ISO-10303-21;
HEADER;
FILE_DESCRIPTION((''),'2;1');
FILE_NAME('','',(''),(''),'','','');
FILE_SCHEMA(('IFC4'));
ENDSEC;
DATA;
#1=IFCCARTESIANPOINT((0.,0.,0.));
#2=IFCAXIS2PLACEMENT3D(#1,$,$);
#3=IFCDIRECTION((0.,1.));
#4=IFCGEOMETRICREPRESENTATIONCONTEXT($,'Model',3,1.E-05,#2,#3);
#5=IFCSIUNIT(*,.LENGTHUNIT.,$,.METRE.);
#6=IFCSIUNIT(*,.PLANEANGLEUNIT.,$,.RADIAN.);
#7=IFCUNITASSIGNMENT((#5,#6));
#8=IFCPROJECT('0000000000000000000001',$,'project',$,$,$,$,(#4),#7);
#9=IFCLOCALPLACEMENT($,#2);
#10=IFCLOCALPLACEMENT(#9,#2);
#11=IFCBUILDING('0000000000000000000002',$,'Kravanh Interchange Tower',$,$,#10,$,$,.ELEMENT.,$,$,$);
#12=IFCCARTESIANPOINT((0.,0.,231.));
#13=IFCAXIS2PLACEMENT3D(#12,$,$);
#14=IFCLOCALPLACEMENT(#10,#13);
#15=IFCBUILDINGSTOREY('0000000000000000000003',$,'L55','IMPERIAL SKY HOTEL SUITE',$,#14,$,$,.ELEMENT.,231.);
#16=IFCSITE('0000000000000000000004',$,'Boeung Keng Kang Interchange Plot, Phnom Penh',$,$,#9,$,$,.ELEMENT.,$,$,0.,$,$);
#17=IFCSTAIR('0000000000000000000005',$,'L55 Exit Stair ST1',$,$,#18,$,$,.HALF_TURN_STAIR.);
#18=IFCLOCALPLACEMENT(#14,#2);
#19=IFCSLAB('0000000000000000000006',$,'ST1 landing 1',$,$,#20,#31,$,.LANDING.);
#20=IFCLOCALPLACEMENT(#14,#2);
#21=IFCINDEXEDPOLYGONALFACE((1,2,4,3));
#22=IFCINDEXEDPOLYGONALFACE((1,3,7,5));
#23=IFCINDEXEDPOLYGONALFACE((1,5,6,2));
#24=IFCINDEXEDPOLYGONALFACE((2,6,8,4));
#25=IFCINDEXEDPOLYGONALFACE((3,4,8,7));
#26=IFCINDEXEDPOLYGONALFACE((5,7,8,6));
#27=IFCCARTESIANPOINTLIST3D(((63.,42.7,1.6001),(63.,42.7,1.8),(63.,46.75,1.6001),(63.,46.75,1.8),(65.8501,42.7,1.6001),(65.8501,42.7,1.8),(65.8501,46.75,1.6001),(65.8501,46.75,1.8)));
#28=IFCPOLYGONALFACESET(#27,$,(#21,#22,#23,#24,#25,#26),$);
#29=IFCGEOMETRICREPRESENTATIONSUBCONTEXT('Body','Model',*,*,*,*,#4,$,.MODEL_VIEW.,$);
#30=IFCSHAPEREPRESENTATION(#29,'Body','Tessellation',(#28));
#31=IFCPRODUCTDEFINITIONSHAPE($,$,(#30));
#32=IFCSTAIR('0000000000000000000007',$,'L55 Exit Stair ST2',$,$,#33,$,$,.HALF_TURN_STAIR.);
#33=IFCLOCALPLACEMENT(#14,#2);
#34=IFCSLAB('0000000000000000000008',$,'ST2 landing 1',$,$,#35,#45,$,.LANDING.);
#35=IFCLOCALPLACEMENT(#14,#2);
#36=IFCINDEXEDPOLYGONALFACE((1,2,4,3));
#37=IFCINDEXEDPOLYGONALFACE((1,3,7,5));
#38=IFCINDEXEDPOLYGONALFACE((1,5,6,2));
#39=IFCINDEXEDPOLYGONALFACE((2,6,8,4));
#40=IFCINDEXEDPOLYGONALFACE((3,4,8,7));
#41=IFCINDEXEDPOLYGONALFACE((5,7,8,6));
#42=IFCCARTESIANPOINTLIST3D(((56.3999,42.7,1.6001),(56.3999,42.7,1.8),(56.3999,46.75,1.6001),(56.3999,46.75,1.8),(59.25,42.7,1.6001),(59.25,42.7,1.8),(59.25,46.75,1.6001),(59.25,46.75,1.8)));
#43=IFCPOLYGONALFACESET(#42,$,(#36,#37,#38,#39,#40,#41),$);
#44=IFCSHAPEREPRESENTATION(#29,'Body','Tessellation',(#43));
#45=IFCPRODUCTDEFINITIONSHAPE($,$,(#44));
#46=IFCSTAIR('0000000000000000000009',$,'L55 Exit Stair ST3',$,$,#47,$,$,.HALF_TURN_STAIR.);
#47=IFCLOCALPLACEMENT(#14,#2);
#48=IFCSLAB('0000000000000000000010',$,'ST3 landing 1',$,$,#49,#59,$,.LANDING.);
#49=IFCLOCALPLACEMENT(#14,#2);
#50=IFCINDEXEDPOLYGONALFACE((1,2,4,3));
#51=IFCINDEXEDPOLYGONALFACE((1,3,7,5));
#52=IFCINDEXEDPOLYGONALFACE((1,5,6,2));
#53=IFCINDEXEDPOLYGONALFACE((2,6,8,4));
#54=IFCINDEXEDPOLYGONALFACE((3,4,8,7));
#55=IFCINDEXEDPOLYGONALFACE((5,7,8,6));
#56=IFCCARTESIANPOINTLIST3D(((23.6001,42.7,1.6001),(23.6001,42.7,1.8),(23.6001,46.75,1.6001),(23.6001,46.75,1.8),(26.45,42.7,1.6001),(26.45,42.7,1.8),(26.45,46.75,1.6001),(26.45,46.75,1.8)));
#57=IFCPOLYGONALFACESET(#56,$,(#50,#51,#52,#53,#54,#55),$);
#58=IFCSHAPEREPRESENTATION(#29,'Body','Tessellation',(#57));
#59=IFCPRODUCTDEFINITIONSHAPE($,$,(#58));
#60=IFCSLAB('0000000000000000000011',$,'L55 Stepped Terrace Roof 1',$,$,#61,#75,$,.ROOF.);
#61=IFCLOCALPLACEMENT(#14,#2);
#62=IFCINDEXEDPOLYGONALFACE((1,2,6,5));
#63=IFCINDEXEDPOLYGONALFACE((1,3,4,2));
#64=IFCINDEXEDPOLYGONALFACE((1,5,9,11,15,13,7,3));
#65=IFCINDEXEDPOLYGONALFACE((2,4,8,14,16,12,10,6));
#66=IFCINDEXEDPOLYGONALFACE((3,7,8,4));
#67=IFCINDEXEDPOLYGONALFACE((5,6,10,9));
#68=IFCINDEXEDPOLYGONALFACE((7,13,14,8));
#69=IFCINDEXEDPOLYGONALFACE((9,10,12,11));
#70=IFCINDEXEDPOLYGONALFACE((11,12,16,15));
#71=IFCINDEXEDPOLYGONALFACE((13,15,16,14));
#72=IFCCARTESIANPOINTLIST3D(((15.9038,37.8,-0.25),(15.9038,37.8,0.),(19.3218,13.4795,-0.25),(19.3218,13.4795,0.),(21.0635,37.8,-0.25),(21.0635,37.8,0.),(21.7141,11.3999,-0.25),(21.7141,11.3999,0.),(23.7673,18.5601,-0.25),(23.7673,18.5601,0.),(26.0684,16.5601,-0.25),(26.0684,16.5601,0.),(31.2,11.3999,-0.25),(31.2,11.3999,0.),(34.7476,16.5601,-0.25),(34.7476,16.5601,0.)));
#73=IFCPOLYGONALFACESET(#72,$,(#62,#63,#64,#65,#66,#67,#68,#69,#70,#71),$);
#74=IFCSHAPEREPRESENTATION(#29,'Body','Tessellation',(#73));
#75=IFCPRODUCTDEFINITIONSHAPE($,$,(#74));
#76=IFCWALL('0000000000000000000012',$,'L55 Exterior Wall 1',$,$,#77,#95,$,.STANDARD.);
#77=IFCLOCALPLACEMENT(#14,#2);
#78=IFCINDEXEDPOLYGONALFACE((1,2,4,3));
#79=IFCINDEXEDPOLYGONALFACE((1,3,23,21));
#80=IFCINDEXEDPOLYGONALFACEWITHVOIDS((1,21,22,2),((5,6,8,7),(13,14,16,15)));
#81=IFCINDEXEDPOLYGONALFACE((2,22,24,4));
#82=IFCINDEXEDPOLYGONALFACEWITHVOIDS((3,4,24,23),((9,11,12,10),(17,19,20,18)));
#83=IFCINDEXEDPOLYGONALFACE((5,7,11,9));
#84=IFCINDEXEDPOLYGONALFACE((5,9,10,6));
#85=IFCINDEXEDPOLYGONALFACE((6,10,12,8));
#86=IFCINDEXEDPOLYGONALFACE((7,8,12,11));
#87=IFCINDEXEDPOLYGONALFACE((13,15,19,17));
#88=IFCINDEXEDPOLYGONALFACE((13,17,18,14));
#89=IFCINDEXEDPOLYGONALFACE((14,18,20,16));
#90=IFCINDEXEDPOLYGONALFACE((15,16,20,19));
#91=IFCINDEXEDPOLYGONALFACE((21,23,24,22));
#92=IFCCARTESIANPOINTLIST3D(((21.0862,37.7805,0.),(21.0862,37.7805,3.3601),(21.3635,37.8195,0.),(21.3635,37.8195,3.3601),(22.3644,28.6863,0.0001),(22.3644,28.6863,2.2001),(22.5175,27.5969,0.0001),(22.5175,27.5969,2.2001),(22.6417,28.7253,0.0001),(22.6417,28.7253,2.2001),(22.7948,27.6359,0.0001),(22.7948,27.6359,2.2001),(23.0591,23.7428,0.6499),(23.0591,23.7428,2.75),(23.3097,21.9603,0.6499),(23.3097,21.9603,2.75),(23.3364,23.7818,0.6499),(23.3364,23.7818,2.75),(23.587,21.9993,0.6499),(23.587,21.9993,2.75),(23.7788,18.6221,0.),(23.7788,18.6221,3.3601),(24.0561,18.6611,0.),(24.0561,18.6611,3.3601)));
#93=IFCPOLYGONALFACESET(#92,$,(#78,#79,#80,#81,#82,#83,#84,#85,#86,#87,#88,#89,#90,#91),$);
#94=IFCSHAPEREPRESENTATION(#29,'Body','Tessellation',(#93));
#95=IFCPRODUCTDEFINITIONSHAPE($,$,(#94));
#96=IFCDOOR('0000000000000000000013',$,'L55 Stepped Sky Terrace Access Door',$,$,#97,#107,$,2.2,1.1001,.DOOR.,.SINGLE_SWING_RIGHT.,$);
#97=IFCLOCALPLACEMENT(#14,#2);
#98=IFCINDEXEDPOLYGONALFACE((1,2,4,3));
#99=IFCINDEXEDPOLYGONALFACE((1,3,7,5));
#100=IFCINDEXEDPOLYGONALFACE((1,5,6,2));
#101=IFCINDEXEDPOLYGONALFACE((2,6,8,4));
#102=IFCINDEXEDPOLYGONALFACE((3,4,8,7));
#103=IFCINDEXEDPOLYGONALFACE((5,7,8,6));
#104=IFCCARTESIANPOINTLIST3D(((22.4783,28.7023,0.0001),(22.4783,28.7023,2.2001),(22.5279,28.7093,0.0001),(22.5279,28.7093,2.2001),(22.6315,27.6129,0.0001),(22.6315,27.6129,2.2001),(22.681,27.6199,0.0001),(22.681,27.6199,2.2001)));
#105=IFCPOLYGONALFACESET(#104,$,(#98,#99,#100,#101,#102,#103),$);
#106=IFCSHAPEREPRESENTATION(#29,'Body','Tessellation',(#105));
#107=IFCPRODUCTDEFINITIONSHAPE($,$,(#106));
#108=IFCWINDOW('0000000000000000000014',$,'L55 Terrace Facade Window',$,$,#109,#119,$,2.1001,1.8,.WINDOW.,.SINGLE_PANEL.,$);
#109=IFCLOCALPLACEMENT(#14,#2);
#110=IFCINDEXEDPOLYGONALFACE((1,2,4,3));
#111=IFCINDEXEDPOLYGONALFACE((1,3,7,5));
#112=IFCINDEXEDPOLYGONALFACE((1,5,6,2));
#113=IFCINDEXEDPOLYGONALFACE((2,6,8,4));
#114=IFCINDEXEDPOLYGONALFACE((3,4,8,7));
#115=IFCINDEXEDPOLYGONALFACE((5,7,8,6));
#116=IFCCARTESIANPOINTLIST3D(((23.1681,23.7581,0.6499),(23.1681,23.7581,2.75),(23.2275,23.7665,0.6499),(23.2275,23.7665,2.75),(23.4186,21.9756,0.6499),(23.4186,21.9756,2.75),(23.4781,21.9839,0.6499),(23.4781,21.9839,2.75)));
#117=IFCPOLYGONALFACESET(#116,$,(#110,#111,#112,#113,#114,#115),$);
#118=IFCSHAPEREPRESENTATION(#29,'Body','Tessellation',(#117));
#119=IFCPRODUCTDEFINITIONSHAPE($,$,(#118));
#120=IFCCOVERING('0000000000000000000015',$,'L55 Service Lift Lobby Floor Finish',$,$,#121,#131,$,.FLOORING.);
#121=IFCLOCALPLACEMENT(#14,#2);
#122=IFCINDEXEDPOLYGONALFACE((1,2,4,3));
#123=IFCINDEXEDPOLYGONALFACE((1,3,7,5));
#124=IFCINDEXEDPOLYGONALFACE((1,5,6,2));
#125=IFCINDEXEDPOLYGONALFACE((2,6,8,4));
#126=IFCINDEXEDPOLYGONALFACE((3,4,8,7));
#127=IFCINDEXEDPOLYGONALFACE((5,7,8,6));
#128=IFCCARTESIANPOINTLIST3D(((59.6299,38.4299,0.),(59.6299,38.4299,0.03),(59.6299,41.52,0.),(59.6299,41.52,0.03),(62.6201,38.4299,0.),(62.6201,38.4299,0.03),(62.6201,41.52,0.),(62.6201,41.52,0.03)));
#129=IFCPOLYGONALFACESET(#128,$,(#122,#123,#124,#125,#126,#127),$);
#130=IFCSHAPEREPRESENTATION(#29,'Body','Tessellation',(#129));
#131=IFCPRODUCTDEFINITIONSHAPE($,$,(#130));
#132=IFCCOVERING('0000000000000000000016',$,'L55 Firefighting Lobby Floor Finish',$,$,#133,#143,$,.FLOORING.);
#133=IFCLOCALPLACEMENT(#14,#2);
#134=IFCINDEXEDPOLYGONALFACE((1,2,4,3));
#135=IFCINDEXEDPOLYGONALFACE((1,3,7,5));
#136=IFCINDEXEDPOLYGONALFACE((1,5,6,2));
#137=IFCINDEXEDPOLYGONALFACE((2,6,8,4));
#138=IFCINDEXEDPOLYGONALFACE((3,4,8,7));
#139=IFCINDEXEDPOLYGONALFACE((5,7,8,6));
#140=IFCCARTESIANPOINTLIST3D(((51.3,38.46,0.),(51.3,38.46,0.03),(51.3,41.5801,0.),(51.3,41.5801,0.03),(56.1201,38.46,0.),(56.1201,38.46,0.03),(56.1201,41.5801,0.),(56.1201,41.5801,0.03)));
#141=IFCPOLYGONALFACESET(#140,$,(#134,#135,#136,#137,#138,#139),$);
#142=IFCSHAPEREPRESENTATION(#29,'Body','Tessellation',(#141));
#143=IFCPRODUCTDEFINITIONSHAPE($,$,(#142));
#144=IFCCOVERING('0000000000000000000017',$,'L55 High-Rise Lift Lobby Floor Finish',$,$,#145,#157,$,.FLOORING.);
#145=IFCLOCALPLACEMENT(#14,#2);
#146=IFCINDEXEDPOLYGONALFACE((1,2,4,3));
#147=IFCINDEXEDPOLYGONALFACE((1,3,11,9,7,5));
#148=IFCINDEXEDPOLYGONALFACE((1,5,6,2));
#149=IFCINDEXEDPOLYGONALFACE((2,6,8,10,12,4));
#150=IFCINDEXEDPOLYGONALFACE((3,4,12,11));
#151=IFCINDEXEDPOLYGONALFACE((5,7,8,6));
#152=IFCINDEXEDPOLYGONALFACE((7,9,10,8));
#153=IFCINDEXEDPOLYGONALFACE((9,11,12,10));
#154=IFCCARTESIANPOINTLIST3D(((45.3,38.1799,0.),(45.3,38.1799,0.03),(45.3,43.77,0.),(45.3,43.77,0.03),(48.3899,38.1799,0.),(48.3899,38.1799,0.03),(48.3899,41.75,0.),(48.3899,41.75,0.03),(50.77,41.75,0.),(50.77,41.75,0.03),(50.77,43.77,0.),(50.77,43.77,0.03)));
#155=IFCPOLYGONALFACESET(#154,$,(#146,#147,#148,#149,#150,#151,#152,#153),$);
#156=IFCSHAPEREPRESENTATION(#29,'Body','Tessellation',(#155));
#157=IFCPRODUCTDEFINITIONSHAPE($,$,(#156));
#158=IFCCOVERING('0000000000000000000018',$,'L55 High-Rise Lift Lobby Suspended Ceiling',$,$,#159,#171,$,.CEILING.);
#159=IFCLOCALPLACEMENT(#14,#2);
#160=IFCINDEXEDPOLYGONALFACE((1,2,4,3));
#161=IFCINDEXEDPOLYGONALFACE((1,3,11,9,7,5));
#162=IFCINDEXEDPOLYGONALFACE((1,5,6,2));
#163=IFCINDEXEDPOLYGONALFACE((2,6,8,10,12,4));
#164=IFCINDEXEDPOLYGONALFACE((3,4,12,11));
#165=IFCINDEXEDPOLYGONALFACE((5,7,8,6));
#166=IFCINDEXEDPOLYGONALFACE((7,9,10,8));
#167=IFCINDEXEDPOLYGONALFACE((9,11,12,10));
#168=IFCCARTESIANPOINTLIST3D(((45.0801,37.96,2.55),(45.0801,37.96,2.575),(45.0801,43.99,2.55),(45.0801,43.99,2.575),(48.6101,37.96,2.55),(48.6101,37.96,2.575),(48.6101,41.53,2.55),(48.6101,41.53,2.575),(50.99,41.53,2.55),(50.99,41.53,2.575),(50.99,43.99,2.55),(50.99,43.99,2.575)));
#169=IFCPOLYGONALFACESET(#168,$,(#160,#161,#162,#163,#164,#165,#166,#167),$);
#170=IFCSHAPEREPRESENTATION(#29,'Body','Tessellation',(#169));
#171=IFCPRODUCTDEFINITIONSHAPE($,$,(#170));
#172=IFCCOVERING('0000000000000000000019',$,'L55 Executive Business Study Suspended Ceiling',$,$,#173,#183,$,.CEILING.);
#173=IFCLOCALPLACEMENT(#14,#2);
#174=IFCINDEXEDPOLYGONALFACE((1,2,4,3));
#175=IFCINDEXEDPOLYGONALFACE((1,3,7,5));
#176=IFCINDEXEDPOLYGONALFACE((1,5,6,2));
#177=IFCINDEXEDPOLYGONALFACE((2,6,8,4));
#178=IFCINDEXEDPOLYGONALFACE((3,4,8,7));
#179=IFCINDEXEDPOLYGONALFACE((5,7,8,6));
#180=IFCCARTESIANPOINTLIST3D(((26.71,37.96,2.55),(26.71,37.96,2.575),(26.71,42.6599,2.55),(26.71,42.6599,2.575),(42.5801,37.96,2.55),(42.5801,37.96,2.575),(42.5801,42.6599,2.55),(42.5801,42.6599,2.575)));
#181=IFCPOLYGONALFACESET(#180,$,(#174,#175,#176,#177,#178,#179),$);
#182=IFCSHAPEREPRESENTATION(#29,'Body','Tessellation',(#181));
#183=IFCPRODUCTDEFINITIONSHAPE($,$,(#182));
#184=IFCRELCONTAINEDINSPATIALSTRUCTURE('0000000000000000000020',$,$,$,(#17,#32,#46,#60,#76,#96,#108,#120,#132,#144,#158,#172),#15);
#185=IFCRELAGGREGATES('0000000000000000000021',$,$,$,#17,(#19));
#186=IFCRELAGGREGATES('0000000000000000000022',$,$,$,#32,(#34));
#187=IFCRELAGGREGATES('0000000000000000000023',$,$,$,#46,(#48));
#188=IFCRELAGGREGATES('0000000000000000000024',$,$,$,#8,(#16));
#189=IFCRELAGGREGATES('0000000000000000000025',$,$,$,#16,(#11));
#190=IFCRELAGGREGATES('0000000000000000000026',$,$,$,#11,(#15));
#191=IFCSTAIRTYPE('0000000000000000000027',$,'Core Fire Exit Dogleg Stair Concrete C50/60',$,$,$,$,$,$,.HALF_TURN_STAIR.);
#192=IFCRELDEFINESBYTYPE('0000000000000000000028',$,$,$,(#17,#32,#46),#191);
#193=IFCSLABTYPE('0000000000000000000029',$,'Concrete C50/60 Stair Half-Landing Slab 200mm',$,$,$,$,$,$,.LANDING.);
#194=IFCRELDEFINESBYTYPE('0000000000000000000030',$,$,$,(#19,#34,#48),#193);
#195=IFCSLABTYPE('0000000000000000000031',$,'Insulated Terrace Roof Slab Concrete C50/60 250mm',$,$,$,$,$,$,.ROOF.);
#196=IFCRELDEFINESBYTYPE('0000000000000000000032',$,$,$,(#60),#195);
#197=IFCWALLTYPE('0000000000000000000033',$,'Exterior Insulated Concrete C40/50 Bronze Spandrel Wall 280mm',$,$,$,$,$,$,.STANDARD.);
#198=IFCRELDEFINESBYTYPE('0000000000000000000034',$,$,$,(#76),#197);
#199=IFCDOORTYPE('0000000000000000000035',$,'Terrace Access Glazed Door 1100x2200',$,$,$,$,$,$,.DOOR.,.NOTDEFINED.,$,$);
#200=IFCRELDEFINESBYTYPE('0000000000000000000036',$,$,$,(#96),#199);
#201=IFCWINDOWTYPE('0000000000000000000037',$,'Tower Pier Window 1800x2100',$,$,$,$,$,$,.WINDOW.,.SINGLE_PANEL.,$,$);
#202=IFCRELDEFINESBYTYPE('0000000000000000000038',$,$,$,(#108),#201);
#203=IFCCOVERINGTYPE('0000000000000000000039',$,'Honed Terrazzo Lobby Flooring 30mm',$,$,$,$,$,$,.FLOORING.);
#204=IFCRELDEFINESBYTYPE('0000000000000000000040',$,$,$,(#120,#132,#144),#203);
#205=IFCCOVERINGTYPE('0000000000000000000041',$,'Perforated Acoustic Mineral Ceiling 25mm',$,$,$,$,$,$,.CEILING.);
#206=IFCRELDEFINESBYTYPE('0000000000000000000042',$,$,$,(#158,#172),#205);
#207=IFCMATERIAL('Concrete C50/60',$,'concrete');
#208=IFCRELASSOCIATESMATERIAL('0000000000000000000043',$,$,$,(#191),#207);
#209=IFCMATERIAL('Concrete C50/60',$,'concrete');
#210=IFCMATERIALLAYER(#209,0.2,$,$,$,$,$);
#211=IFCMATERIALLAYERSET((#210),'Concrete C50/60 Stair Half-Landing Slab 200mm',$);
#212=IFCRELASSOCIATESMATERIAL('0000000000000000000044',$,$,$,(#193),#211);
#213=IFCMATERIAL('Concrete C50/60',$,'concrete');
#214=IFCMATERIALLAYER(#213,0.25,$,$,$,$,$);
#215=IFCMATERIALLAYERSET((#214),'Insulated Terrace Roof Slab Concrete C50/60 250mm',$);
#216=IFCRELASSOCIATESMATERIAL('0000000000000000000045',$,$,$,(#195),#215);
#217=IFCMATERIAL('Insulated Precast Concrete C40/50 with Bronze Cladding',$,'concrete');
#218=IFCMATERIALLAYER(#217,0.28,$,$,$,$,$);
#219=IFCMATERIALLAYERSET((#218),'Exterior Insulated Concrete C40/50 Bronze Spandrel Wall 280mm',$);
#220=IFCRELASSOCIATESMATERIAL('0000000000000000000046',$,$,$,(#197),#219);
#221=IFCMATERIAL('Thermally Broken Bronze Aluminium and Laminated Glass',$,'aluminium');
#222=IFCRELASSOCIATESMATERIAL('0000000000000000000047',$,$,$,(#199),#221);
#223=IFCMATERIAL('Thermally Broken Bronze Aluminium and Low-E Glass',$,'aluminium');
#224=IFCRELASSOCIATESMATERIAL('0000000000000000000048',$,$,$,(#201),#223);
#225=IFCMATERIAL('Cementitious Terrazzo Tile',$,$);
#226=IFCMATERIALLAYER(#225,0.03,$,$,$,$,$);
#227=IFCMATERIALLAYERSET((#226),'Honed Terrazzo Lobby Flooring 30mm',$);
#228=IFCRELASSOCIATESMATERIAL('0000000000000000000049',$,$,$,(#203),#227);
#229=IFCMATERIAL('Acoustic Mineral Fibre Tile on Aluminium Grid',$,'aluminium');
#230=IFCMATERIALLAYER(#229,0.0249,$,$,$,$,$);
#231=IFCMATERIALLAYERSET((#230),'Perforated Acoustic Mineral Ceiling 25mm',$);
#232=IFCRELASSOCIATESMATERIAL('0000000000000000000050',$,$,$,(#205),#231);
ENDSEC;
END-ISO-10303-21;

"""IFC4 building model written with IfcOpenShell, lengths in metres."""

from ifc_helpers import new_model, si_unit, direction, frame, frame_2d, origin, place, context, subcontext, project, spatial, polyline, rectangle, outline, extrude, material, layer, layer_set, type_object, element, fill, aggregate, save


model = new_model("IFC4")

# Units and contexts
model_context = context("Model", 3, precision=1e-05, world=origin(), true_north=direction((0.0, 1.0)))
body_context = subcontext(model_context, "Body", "Model", "MODEL_VIEW")
ifc_project = project(units=[si_unit("LENGTHUNIT", "METRE"), si_unit("PLANEANGLEUNIT", "RADIAN")], contexts=[model_context])

# Site, building, storey
site_placement = place(None, origin())
site = spatial("IfcSite", under=ifc_project, at=site_placement, Name="Boeung Keng Kang Interchange Plot, Phnom Penh", CompositionType="ELEMENT", RefElevation=0.0)
building_placement = place(site_placement, origin())
building = spatial("IfcBuilding", under=site, at=building_placement, Name="Kravanh Interchange Tower", CompositionType="ELEMENT")
storey_placement = place(building_placement, frame((0.0, 0.0, 231.0)))
storey = spatial("IfcBuildingStorey", under=building, at=storey_placement, Name="L55", Description="IMPERIAL SKY HOTEL SUITE", CompositionType="ELEMENT", Elevation=231.0)

# Stairs, slabs
ifc_material_1 = material(Name="Concrete C50/60", Category="concrete")
stair_type = type_object("IfcStairType", Name="Core Fire Exit Dogleg Stair Concrete C50/60", PredefinedType="HALF_TURN_STAIR", material=ifc_material_1)
stair_1_placement = place(storey_placement, origin())
stair_1 = element("IfcStair", 1, at=stair_1_placement, inside=storey, type_object=stair_type, Name="L55 Exit Stair ST1", PredefinedType="HALF_TURN_STAIR")
ifc_material_2 = material(Name="Concrete C50/60", Category="concrete")
ifc_layer_1 = layer(ifc_material_2, 0.2)
ifc_layer_set_1 = layer_set([ifc_layer_1], Name="Concrete C50/60 Stair Half-Landing Slab 200mm")
slab_type_1 = type_object("IfcSlabType", Name="Concrete C50/60 Stair Half-Landing Slab 200mm", PredefinedType="LANDING", material=ifc_layer_set_1)
slab_1_placement = place(storey_placement, frame((0.0, 0.0, 1.6001)))
slab_1 = element("IfcSlab", 2, at=slab_1_placement, type_object=slab_type_1, Name="ST1 landing 1", PredefinedType="LANDING", context=body_context, shape_type="SweptSolid", body=[
    extrude(outline(polyline([(65.8501, 42.7), (65.8501, 46.75), (63.0, 46.75), (63.0, 42.7), (65.8501, 42.7)])), origin(), (0.0, 0.0, 1.0), 0.2),
])
aggregate(stair_1, [slab_1])
stair_2_placement = place(storey_placement, origin())
stair_2 = element("IfcStair", 3, at=stair_2_placement, inside=storey, type_object=stair_type, Name="L55 Exit Stair ST2", PredefinedType="HALF_TURN_STAIR")
slab_2_placement = place(storey_placement, frame((0.0, 0.0, 1.6001)))
slab_2 = element("IfcSlab", 4, at=slab_2_placement, type_object=slab_type_1, Name="ST2 landing 1", PredefinedType="LANDING", context=body_context, shape_type="SweptSolid", body=[
    extrude(outline(polyline([(59.25, 42.7), (59.25, 46.75), (56.3999, 46.75), (56.3999, 42.7), (59.25, 42.7)])), origin(), (0.0, 0.0, 1.0), 0.2),
])
aggregate(stair_2, [slab_2])
stair_3_placement = place(storey_placement, origin())
stair_3 = element("IfcStair", 5, at=stair_3_placement, inside=storey, type_object=stair_type, Name="L55 Exit Stair ST3", PredefinedType="HALF_TURN_STAIR")
slab_3_placement = place(storey_placement, frame((0.0, 0.0, 1.6001)))
slab_3 = element("IfcSlab", 6, at=slab_3_placement, type_object=slab_type_1, Name="ST3 landing 1", PredefinedType="LANDING", context=body_context, shape_type="SweptSolid", body=[
    extrude(outline(polyline([(26.45, 42.7), (26.45, 46.75), (23.6001, 46.75), (23.6001, 42.7), (26.45, 42.7)])), origin(), (0.0, 0.0, 1.0), 0.2),
])
aggregate(stair_3, [slab_3])

# Slab
ifc_material_3 = material(Name="Concrete C50/60", Category="concrete")
ifc_layer_2 = layer(ifc_material_3, 0.25)
ifc_layer_set_2 = layer_set([ifc_layer_2], Name="Insulated Terrace Roof Slab Concrete C50/60 250mm")
slab_type_2 = type_object("IfcSlabType", Name="Insulated Terrace Roof Slab Concrete C50/60 250mm", PredefinedType="ROOF", material=ifc_layer_set_2)
slab_4_placement = place(storey_placement, frame((0.0, 0.0, -0.25)))
element("IfcSlab", 7, at=slab_4_placement, inside=storey, type_object=slab_type_2, Name="L55 Stepped Terrace Roof 1", PredefinedType="ROOF", context=body_context, shape_type="SweptSolid", body=[
    extrude(outline(polyline([(21.7141, 11.3999), (19.3218, 13.4795), (15.9038, 37.8), (21.0635, 37.8), (23.7673, 18.5601), (26.0684, 16.5601), (34.7476, 16.5601), (31.2, 11.3999), (21.7141, 11.3999)])), origin(), (0.0, 0.0, 1.0), 0.25),
])

# Wall, openings, door, window
ifc_material_4 = material(Name="Insulated Precast Concrete C40/50 with Bronze Cladding", Category="concrete")
ifc_layer_3 = layer(ifc_material_4, 0.28)
ifc_layer_set_3 = layer_set([ifc_layer_3], Name="Exterior Insulated Concrete C40/50 Bronze Spandrel Wall 280mm")
wall_type = type_object("IfcWallType", Name="Exterior Insulated Concrete C40/50 Bronze Spandrel Wall 280mm", PredefinedType="STANDARD", material=ifc_layer_set_3)
wall_placement = place(storey_placement, frame((23.9175, 18.6416, 0.0), z_axis=(0.0, 0.0, 1.0), x_axis=(-0.139177, 0.990267, 0.0)))
wall = element("IfcWall", 8, at=wall_placement, inside=storey, type_object=wall_type, Name="L55 Exterior Wall 1", PredefinedType="STANDARD", context=body_context, shape_type="SweptSolid", body=[
    extrude(rectangle(XDim=19.3467, YDim=0.28, at=frame_2d((9.6733, 0.0))), origin(), (0.0, 0.0, 1.0), 3.3601),
])
opening_1_placement = place(wall_placement, frame((9.063, 0.0, 0.0)))
opening_1 = element("IfcOpeningElement", 9, at=opening_1_placement, cuts=wall, PredefinedType="OPENING", context=body_context, shape_type="SweptSolid", body=[
    extrude(rectangle(XDim=1.1001, YDim=2.2, at=frame_2d((0.55, 1.1001))), frame((0.0, 0.1499, 0.0), z_axis=(0.0, -1.0, 0.0), x_axis=(1.0, 0.0, 0.0)), (0.0, 0.0, 1.0), 0.3),
])
opening_2_placement = place(wall_placement, frame((3.3711, 0.0, 0.6499)))
opening_2 = element("IfcOpeningElement", 10, at=opening_2_placement, cuts=wall, PredefinedType="OPENING", context=body_context, shape_type="SweptSolid", body=[
    extrude(rectangle(XDim=1.8, YDim=2.1001, at=frame_2d((0.8999, 1.05))), frame((0.0, 0.1499, 0.0), z_axis=(0.0, -1.0, 0.0), x_axis=(1.0, 0.0, 0.0)), (0.0, 0.0, 1.0), 0.3),
])
ifc_material_5 = material(Name="Thermally Broken Bronze Aluminium and Laminated Glass", Category="aluminium")
door_type = type_object("IfcDoorType", Name="Terrace Access Glazed Door 1100x2200", OperationType="NOTDEFINED", PredefinedType="DOOR", material=ifc_material_5)
door_placement = place(opening_1_placement, origin())
door = element("IfcDoor", 11, at=door_placement, inside=storey, type_object=door_type, Name="L55 Stepped Sky Terrace Access Door", OperationType="SINGLE_SWING_RIGHT", OverallHeight=2.2, OverallWidth=1.1001, PredefinedType="DOOR", context=body_context, shape_type="SweptSolid", body=[
    extrude(rectangle(XDim=1.1001, YDim=2.2, at=frame_2d((0.55, 1.1001))), frame((0.0, 0.0249, 0.0), z_axis=(0.0, -1.0, 0.0), x_axis=(1.0, 0.0, 0.0)), (0.0, 0.0, 1.0), 0.05),
])
fill(opening_1, door)
ifc_material_6 = material(Name="Thermally Broken Bronze Aluminium and Low-E Glass", Category="aluminium")
window_type = type_object("IfcWindowType", Name="Tower Pier Window 1800x2100", PartitioningType="SINGLE_PANEL", PredefinedType="WINDOW", material=ifc_material_6)
window_placement = place(opening_2_placement, origin())
window = element("IfcWindow", 12, at=window_placement, inside=storey, type_object=window_type, Name="L55 Terrace Facade Window", OverallHeight=2.1001, OverallWidth=1.8, PartitioningType="SINGLE_PANEL", PredefinedType="WINDOW", context=body_context, shape_type="SweptSolid", body=[
    extrude(rectangle(XDim=1.8, YDim=2.1001, at=frame_2d((0.8999, 1.05))), frame((0.0, 0.03, 0.0), z_axis=(0.0, -1.0, 0.0), x_axis=(1.0, 0.0, 0.0)), (0.0, 0.0, 1.0), 0.0601),
])
fill(opening_2, window)

# Coverings
ifc_material_7 = material(Name="Cementitious Terrazzo Tile")
ifc_layer_4 = layer(ifc_material_7, 0.03)
ifc_layer_set_4 = layer_set([ifc_layer_4], Name="Honed Terrazzo Lobby Flooring 30mm")
covering_type_1 = type_object("IfcCoveringType", Name="Honed Terrazzo Lobby Flooring 30mm", PredefinedType="FLOORING", material=ifc_layer_set_4)
covering_1_placement = place(storey_placement, origin())
element("IfcCovering", 13, at=covering_1_placement, inside=storey, type_object=covering_type_1, Name="L55 Service Lift Lobby Floor Finish", PredefinedType="FLOORING", context=body_context, shape_type="SweptSolid", body=[
    extrude(outline(polyline([(59.6299, 41.52), (62.6201, 41.52), (62.6201, 38.4299), (59.6299, 38.4299), (59.6299, 41.52)])), origin(), (0.0, 0.0, 1.0), 0.03),
])
covering_2_placement = place(storey_placement, origin())
element("IfcCovering", 14, at=covering_2_placement, inside=storey, type_object=covering_type_1, Name="L55 Firefighting Lobby Floor Finish", PredefinedType="FLOORING", context=body_context, shape_type="SweptSolid", body=[
    extrude(outline(polyline([(56.1201, 38.46), (51.3, 38.46), (51.3, 41.5801), (56.1201, 41.5801), (56.1201, 38.46)])), origin(), (0.0, 0.0, 1.0), 0.03),
])
covering_3_placement = place(storey_placement, origin())
element("IfcCovering", 15, at=covering_3_placement, inside=storey, type_object=covering_type_1, Name="L55 High-Rise Lift Lobby Floor Finish", PredefinedType="FLOORING", context=body_context, shape_type="SweptSolid", body=[
    extrude(outline(polyline([(45.3, 43.77), (50.77, 43.77), (50.77, 41.75), (48.3899, 41.75), (48.3899, 38.1799), (45.3, 38.1799), (45.3, 43.77)])), origin(), (0.0, 0.0, 1.0), 0.03),
])
ifc_material_8 = material(Name="Acoustic Mineral Fibre Tile on Aluminium Grid", Category="aluminium")
ifc_layer_5 = layer(ifc_material_8, 0.0249)
ifc_layer_set_5 = layer_set([ifc_layer_5], Name="Perforated Acoustic Mineral Ceiling 25mm")
covering_type_2 = type_object("IfcCoveringType", Name="Perforated Acoustic Mineral Ceiling 25mm", PredefinedType="CEILING", material=ifc_layer_set_5)
covering_4_placement = place(storey_placement, frame((0.0, 0.0, 2.55)))
element("IfcCovering", 16, at=covering_4_placement, inside=storey, type_object=covering_type_2, Name="L55 High-Rise Lift Lobby Suspended Ceiling", PredefinedType="CEILING", context=body_context, shape_type="SweptSolid", body=[
    extrude(outline(polyline([(50.99, 41.53), (48.6101, 41.53), (48.6101, 37.96), (45.0801, 37.96), (45.0801, 43.99), (50.99, 43.99), (50.99, 41.53)])), origin(), (0.0, 0.0, 1.0), 0.0249),
])
covering_5_placement = place(storey_placement, frame((0.0, 0.0, 2.55)))
element("IfcCovering", 17, at=covering_5_placement, inside=storey, type_object=covering_type_2, Name="L55 Executive Business Study Suspended Ceiling", PredefinedType="CEILING", context=body_context, shape_type="SweptSolid", body=[
    extrude(outline(polyline([(42.5801, 42.6599), (42.5801, 37.96), (26.71, 37.96), (26.71, 42.6599), (42.5801, 42.6599)])), origin(), (0.0, 0.0, 1.0), 0.0249),
])

save(model, "model.ifc")
